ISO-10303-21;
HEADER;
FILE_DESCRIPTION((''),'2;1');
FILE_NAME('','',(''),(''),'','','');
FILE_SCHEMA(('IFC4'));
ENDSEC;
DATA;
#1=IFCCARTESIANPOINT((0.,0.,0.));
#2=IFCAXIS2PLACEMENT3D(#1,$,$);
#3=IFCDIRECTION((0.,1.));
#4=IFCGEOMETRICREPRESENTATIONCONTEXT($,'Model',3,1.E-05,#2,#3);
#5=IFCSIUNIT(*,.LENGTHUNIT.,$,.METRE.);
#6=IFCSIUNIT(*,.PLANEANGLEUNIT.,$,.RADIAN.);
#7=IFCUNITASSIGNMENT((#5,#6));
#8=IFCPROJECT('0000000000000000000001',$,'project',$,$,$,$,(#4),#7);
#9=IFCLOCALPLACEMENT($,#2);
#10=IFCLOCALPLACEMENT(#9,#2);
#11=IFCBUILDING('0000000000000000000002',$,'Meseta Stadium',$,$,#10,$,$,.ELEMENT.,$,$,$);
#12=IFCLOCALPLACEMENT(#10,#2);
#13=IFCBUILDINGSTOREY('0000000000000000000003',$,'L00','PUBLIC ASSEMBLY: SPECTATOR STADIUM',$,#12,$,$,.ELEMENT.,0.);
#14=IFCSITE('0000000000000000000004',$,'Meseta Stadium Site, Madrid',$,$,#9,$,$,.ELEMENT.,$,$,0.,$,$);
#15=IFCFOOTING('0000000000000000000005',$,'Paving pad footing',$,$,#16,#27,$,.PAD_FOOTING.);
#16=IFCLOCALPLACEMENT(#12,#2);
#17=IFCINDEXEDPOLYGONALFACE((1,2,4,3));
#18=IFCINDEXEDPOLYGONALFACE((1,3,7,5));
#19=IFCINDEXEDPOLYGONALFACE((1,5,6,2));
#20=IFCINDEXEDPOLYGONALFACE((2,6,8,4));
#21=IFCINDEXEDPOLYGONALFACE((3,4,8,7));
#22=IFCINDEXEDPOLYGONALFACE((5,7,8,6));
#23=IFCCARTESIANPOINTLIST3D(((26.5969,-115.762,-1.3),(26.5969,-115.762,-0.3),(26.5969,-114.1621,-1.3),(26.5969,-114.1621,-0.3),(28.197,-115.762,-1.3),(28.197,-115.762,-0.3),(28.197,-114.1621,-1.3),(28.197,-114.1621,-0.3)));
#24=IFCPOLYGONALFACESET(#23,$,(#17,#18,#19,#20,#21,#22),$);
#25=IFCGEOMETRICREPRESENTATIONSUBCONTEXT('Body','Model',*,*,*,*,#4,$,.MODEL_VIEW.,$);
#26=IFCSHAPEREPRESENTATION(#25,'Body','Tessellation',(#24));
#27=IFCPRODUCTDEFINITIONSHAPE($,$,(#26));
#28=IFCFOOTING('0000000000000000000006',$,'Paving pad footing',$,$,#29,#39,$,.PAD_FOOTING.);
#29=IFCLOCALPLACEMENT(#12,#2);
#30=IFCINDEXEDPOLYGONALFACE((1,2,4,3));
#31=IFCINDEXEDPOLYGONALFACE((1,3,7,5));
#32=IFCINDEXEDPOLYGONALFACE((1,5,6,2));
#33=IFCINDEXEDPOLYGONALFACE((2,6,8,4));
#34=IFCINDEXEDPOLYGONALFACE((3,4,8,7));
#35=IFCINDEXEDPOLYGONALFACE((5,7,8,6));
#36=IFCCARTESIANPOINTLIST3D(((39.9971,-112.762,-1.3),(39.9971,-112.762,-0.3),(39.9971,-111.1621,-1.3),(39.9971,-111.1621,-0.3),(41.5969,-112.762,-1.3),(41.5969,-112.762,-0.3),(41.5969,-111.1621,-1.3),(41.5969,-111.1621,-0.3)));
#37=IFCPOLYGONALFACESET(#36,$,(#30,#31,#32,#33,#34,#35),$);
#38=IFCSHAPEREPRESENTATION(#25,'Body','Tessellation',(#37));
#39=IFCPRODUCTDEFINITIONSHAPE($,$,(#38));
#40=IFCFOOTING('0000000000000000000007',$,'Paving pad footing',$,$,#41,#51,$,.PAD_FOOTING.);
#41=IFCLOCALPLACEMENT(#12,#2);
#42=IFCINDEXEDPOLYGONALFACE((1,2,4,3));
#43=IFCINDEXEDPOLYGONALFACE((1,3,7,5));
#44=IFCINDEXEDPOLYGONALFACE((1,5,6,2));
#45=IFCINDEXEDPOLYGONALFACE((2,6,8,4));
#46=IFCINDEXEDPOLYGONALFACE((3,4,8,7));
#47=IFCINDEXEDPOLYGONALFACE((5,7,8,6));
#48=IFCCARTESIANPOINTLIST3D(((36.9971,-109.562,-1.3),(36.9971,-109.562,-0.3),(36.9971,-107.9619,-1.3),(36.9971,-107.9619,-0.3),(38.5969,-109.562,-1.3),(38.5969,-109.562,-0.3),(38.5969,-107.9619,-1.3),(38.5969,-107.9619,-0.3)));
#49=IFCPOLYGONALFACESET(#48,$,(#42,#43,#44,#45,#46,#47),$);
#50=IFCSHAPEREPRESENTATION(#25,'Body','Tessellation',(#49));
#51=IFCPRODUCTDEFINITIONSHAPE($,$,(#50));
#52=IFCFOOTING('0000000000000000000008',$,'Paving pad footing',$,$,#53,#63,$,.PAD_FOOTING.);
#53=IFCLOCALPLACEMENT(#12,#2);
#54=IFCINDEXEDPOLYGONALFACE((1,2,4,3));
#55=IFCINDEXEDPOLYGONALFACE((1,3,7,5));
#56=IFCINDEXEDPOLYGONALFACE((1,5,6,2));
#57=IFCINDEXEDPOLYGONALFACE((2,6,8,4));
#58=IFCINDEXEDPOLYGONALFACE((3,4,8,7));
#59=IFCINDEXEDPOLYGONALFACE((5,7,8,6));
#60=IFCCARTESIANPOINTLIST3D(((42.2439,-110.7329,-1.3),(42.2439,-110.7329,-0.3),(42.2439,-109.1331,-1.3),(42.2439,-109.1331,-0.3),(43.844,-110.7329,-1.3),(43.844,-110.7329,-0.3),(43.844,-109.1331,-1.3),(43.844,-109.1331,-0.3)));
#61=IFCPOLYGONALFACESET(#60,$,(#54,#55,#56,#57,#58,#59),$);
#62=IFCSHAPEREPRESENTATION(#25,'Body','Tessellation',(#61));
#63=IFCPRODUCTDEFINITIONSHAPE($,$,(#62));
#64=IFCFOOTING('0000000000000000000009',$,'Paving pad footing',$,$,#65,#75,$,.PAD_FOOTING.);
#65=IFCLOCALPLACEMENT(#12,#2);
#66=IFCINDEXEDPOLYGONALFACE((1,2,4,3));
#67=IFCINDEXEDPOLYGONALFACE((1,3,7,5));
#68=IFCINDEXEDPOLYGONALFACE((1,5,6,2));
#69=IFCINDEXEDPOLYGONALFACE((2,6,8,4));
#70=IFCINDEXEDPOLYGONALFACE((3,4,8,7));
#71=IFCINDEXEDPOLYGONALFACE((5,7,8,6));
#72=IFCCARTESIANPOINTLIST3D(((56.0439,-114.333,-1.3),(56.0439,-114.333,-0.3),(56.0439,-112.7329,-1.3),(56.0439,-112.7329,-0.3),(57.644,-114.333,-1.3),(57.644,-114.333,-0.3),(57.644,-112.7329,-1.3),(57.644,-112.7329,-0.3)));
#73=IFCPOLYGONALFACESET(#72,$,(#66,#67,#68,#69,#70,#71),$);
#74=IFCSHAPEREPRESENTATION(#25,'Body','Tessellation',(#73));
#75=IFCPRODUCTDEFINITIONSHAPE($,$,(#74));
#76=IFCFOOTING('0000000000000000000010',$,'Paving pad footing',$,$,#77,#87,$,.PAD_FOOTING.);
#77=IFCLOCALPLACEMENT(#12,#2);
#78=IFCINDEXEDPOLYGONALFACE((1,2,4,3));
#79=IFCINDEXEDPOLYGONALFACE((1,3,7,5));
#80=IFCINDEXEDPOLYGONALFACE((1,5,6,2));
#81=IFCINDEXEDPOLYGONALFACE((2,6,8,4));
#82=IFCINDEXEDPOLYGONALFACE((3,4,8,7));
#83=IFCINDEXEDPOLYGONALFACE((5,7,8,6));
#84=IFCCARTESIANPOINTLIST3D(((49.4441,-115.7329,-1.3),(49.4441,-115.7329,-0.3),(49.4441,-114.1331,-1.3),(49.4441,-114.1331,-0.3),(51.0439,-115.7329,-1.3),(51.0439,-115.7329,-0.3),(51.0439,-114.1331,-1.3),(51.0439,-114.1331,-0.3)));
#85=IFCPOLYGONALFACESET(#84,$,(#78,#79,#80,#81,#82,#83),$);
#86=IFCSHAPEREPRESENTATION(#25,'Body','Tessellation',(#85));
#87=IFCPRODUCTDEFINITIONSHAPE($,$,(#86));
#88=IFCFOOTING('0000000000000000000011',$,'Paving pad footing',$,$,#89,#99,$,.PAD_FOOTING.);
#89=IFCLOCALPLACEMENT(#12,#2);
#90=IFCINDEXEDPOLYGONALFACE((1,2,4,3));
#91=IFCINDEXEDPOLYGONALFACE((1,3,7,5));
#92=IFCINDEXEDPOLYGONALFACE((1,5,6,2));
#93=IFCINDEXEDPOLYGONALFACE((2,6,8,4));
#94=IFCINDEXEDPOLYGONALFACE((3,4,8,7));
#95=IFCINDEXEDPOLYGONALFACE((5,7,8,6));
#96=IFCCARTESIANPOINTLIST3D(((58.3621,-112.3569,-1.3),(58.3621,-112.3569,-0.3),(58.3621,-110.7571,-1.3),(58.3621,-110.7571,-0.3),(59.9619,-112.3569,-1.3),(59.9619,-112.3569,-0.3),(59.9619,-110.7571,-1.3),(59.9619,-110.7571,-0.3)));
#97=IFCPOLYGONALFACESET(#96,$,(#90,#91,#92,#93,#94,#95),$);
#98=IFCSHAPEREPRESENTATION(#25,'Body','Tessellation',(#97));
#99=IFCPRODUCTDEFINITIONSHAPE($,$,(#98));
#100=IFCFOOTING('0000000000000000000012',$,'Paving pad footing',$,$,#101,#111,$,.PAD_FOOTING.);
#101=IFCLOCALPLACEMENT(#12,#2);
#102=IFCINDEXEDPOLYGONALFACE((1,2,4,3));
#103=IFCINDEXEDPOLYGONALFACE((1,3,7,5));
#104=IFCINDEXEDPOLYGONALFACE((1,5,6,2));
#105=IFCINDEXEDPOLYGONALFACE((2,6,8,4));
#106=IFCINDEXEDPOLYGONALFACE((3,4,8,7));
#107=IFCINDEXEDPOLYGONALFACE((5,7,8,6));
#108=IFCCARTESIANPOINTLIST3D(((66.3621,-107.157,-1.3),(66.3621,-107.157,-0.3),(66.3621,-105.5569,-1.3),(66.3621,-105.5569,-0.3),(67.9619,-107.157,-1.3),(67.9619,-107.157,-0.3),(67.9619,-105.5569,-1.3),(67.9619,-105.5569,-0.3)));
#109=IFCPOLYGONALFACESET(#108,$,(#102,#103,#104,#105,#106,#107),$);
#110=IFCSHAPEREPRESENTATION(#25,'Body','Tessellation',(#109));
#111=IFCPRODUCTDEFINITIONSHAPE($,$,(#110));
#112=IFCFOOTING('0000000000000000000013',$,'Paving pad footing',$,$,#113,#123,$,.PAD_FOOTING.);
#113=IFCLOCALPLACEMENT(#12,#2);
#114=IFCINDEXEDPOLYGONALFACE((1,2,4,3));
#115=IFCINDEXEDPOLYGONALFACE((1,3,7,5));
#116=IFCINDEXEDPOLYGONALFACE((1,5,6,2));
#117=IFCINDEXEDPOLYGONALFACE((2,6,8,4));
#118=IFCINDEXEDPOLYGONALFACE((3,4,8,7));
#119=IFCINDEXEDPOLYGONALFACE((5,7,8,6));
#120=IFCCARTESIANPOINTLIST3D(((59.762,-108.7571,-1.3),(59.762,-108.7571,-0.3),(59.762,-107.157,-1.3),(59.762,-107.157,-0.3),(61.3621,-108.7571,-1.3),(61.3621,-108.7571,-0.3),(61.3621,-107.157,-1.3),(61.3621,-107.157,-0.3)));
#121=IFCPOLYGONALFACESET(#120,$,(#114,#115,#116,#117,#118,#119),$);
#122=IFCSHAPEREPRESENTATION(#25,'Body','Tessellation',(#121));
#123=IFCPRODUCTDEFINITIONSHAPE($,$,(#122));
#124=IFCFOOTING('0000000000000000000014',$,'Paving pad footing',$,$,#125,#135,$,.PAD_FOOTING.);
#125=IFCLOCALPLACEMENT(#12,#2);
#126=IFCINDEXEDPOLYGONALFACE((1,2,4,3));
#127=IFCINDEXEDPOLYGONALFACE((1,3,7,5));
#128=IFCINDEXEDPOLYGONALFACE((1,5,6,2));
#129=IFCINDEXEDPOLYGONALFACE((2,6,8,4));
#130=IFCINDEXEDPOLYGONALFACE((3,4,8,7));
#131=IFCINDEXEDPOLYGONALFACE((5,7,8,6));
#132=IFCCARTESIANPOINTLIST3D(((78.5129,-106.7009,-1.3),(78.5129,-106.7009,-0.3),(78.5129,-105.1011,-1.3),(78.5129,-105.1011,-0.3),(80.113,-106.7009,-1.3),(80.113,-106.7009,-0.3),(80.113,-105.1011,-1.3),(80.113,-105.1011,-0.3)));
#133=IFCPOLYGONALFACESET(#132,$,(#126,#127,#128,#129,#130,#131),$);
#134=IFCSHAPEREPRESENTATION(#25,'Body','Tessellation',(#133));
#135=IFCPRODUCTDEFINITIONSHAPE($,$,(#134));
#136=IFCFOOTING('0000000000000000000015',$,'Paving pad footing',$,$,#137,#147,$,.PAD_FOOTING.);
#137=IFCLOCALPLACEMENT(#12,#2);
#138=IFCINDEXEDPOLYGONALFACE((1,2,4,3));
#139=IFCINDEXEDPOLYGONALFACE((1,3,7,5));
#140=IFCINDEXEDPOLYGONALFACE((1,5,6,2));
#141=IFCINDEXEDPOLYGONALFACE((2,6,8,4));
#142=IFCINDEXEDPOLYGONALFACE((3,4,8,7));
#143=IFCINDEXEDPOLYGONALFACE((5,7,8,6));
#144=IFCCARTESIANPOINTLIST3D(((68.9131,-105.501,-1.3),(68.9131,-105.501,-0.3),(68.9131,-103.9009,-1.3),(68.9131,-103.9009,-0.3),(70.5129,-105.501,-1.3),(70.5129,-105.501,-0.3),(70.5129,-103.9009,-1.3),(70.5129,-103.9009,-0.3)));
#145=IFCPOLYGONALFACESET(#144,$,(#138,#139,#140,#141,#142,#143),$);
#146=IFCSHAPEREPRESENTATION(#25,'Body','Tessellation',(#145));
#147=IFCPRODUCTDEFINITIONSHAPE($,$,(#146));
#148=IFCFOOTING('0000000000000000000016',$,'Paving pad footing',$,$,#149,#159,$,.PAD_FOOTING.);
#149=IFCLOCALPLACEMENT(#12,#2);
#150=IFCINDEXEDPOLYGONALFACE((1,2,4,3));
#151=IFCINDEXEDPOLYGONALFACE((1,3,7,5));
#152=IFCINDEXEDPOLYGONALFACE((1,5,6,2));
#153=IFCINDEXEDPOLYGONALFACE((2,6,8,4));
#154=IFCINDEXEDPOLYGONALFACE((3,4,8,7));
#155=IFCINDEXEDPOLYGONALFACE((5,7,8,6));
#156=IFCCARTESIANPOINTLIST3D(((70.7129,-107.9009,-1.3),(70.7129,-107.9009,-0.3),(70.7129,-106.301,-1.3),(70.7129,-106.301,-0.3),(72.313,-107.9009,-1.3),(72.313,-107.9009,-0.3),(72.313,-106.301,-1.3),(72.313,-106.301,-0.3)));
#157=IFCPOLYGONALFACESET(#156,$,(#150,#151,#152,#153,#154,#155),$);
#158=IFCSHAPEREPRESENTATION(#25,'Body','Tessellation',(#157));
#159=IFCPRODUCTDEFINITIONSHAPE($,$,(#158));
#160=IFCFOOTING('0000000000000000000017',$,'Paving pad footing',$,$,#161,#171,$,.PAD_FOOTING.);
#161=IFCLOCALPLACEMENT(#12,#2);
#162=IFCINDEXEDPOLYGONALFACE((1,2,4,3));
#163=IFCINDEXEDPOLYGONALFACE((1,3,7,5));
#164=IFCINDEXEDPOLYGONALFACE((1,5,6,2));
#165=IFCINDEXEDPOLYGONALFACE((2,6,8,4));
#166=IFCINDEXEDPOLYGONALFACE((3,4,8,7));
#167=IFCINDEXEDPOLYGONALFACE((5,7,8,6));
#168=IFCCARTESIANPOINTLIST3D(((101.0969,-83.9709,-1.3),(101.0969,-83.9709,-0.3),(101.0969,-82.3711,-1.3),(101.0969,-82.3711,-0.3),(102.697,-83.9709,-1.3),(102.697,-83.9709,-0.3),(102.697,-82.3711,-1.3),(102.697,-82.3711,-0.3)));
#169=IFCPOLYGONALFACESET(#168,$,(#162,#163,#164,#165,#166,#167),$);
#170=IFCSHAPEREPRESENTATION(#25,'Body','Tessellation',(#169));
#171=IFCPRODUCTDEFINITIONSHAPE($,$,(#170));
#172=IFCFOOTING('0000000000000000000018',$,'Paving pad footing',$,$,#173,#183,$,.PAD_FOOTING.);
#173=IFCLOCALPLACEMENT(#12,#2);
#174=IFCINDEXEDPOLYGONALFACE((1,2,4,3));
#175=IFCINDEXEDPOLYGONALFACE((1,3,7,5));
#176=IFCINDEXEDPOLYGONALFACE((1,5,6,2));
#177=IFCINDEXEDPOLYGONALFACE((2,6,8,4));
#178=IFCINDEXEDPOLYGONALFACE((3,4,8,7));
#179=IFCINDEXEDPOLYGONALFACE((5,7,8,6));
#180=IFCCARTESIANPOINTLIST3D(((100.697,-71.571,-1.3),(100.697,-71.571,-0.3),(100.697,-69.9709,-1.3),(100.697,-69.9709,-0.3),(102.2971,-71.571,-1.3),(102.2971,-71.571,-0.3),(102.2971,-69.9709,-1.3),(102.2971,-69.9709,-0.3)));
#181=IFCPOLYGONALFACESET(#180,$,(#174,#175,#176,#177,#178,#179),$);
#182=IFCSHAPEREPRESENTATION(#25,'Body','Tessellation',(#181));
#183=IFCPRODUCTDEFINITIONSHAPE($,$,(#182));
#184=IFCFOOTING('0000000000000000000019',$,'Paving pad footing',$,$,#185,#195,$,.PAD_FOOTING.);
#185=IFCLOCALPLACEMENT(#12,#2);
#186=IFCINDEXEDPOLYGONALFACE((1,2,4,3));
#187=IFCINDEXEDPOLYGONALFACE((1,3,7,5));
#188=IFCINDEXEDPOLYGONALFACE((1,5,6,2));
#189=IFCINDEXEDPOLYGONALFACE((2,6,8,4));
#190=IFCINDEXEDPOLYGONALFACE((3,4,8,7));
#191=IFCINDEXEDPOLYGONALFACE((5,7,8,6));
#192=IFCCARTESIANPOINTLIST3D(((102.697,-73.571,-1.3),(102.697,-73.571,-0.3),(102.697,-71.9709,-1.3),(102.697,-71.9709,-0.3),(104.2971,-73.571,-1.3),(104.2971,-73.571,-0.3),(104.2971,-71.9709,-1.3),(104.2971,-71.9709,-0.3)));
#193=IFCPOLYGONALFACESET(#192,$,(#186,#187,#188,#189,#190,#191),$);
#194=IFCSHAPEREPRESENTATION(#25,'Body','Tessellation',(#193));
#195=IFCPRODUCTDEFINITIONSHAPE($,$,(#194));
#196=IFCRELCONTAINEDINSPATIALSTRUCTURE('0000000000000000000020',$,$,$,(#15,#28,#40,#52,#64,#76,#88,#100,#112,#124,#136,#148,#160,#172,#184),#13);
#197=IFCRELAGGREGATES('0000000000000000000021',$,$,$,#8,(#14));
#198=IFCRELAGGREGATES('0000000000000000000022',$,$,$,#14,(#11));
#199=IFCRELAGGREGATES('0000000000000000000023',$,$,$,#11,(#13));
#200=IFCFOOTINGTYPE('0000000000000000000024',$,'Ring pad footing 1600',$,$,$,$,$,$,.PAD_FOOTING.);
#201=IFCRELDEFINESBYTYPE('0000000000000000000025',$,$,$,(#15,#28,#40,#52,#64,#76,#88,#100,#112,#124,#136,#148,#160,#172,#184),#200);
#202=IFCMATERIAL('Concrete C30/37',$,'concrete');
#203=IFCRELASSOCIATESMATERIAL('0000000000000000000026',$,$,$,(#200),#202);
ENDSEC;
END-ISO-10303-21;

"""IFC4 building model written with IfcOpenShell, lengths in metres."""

from ifc_helpers import new_model, si_unit, direction, frame, origin, place, context, subcontext, project, spatial, polyline, outline, extrude, material, type_object, element, save


model = new_model("IFC4")

# Units and contexts
model_context = context("Model", 3, precision=1e-05, world=origin(), true_north=direction((0.0, 1.0)))
body_context = subcontext(model_context, "Body", "Model", "MODEL_VIEW")
ifc_project = project(units=[si_unit("LENGTHUNIT", "METRE"), si_unit("PLANEANGLEUNIT", "RADIAN")], contexts=[model_context])

# Site, building, storey
site_placement = place(None, origin())
site = spatial("IfcSite", under=ifc_project, at=site_placement, Name="Meseta Stadium Site, Madrid", CompositionType="ELEMENT", RefElevation=0.0)
building_placement = place(site_placement, origin())
building = spatial("IfcBuilding", under=site, at=building_placement, Name="Meseta Stadium", CompositionType="ELEMENT")
storey_placement = place(building_placement, origin())
storey = spatial("IfcBuildingStorey", under=building, at=storey_placement, Name="L00", Description="PUBLIC ASSEMBLY: SPECTATOR STADIUM", CompositionType="ELEMENT", Elevation=0.0)

# Footings
ifc_material_1 = material(Name="Concrete C30/37", Category="concrete")
footing_type = type_object("IfcFootingType", Name="Ring pad footing 1600", PredefinedType="PAD_FOOTING", material=ifc_material_1)
footing_1_placement = place(storey_placement, frame((0.0, 0.0, -1.3)))
element("IfcFooting", 1, at=footing_1_placement, inside=storey, type_object=footing_type, Name="Paving pad footing", PredefinedType="PAD_FOOTING", context=body_context, shape_type="SweptSolid", body=[
    extrude(outline(polyline([(28.197, -115.762), (28.197, -114.1621), (26.5969, -114.1621), (26.5969, -115.762), (28.197, -115.762)])), origin(), (0.0, 0.0, 1.0), 1.0),
])
footing_2_placement = place(storey_placement, frame((0.0, 0.0, -1.3)))
element("IfcFooting", 2, at=footing_2_placement, inside=storey, type_object=footing_type, Name="Paving pad footing", PredefinedType="PAD_FOOTING", context=body_context, shape_type="SweptSolid", body=[
    extrude(outline(polyline([(41.5969, -112.762), (41.5969, -111.1621), (39.9971, -111.1621), (39.9971, -112.762), (41.5969, -112.762)])), origin(), (0.0, 0.0, 1.0), 1.0),
])
footing_3_placement = place(storey_placement, frame((0.0, 0.0, -1.3)))
element("IfcFooting", 3, at=footing_3_placement, inside=storey, type_object=footing_type, Name="Paving pad footing", PredefinedType="PAD_FOOTING", context=body_context, shape_type="SweptSolid", body=[
    extrude(outline(polyline([(38.5969, -109.562), (38.5969, -107.9619), (36.9971, -107.9619), (36.9971, -109.562), (38.5969, -109.562)])), origin(), (0.0, 0.0, 1.0), 1.0),
])
footing_4_placement = place(storey_placement, frame((0.0, 0.0, -1.3)))
element("IfcFooting", 4, at=footing_4_placement, inside=storey, type_object=footing_type, Name="Paving pad footing", PredefinedType="PAD_FOOTING", context=body_context, shape_type="SweptSolid", body=[
    extrude(outline(polyline([(43.844, -110.7329), (43.844, -109.1331), (42.2439, -109.1331), (42.2439, -110.7329), (43.844, -110.7329)])), origin(), (0.0, 0.0, 1.0), 1.0),
])
footing_5_placement = place(storey_placement, frame((0.0, 0.0, -1.3)))
element("IfcFooting", 5, at=footing_5_placement, inside=storey, type_object=footing_type, Name="Paving pad footing", PredefinedType="PAD_FOOTING", context=body_context, shape_type="SweptSolid", body=[
    extrude(outline(polyline([(57.644, -114.333), (57.644, -112.7329), (56.0439, -112.7329), (56.0439, -114.333), (57.644, -114.333)])), origin(), (0.0, 0.0, 1.0), 1.0),
])
footing_6_placement = place(storey_placement, frame((0.0, 0.0, -1.3)))
element("IfcFooting", 6, at=footing_6_placement, inside=storey, type_object=footing_type, Name="Paving pad footing", PredefinedType="PAD_FOOTING", context=body_context, shape_type="SweptSolid", body=[
    extrude(outline(polyline([(51.0439, -115.7329), (51.0439, -114.1331), (49.4441, -114.1331), (49.4441, -115.7329), (51.0439, -115.7329)])), origin(), (0.0, 0.0, 1.0), 1.0),
])
footing_7_placement = place(storey_placement, frame((0.0, 0.0, -1.3)))
element("IfcFooting", 7, at=footing_7_placement, inside=storey, type_object=footing_type, Name="Paving pad footing", PredefinedType="PAD_FOOTING", context=body_context, shape_type="SweptSolid", body=[
    extrude(outline(polyline([(59.9619, -112.3569), (59.9619, -110.7571), (58.3621, -110.7571), (58.3621, -112.3569), (59.9619, -112.3569)])), origin(), (0.0, 0.0, 1.0), 1.0),
])
footing_8_placement = place(storey_placement, frame((0.0, 0.0, -1.3)))
element("IfcFooting", 8, at=footing_8_placement, inside=storey, type_object=footing_type, Name="Paving pad footing", PredefinedType="PAD_FOOTING", context=body_context, shape_type="SweptSolid", body=[
    extrude(outline(polyline([(67.9619, -107.157), (67.9619, -105.5569), (66.3621, -105.5569), (66.3621, -107.157), (67.9619, -107.157)])), origin(), (0.0, 0.0, 1.0), 1.0),
])
footing_9_placement = place(storey_placement, frame((0.0, 0.0, -1.3)))
element("IfcFooting", 9, at=footing_9_placement, inside=storey, type_object=footing_type, Name="Paving pad footing", PredefinedType="PAD_FOOTING", context=body_context, shape_type="SweptSolid", body=[
    extrude(outline(polyline([(61.3621, -108.7571), (61.3621, -107.157), (59.762, -107.157), (59.762, -108.7571), (61.3621, -108.7571)])), origin(), (0.0, 0.0, 1.0), 1.0),
])
footing_10_placement = place(storey_placement, frame((0.0, 0.0, -1.3)))
element("IfcFooting", 10, at=footing_10_placement, inside=storey, type_object=footing_type, Name="Paving pad footing", PredefinedType="PAD_FOOTING", context=body_context, shape_type="SweptSolid", body=[
    extrude(outline(polyline([(80.113, -106.7009), (80.113, -105.1011), (78.5129, -105.1011), (78.5129, -106.7009), (80.113, -106.7009)])), origin(), (0.0, 0.0, 1.0), 1.0),
])
footing_11_placement = place(storey_placement, frame((0.0, 0.0, -1.3)))
element("IfcFooting", 11, at=footing_11_placement, inside=storey, type_object=footing_type, Name="Paving pad footing", PredefinedType="PAD_FOOTING", context=body_context, shape_type="SweptSolid", body=[
    extrude(outline(polyline([(70.5129, -105.501), (70.5129, -103.9009), (68.9131, -103.9009), (68.9131, -105.501), (70.5129, -105.501)])), origin(), (0.0, 0.0, 1.0), 1.0),
])
footing_12_placement = place(storey_placement, frame((0.0, 0.0, -1.3)))
element("IfcFooting", 12, at=footing_12_placement, inside=storey, type_object=footing_type, Name="Paving pad footing", PredefinedType="PAD_FOOTING", context=body_context, shape_type="SweptSolid", body=[
    extrude(outline(polyline([(72.313, -107.9009), (72.313, -106.301), (70.7129, -106.301), (70.7129, -107.9009), (72.313, -107.9009)])), origin(), (0.0, 0.0, 1.0), 1.0),
])
footing_13_placement = place(storey_placement, frame((0.0, 0.0, -1.3)))
element("IfcFooting", 13, at=footing_13_placement, inside=storey, type_object=footing_type, Name="Paving pad footing", PredefinedType="PAD_FOOTING", context=body_context, shape_type="SweptSolid", body=[
    extrude(outline(polyline([(102.697, -83.9709), (102.697, -82.3711), (101.0969, -82.3711), (101.0969, -83.9709), (102.697, -83.9709)])), origin(), (0.0, 0.0, 1.0), 1.0),
])
footing_14_placement = place(storey_placement, frame((0.0, 0.0, -1.3)))
element("IfcFooting", 14, at=footing_14_placement, inside=storey, type_object=footing_type, Name="Paving pad footing", PredefinedType="PAD_FOOTING", context=body_context, shape_type="SweptSolid", body=[
    extrude(outline(polyline([(102.2971, -71.571), (102.2971, -69.9709), (100.697, -69.9709), (100.697, -71.571), (102.2971, -71.571)])), origin(), (0.0, 0.0, 1.0), 1.0),
])
footing_15_placement = place(storey_placement, frame((0.0, 0.0, -1.3)))
element("IfcFooting", 15, at=footing_15_placement, inside=storey, type_object=footing_type, Name="Paving pad footing", PredefinedType="PAD_FOOTING", context=body_context, shape_type="SweptSolid", body=[
    extrude(outline(polyline([(104.2971, -73.571), (104.2971, -71.9709), (102.697, -71.9709), (102.697, -73.571), (104.2971, -73.571)])), origin(), (0.0, 0.0, 1.0), 1.0),
])

save(model, "model.ifc")
